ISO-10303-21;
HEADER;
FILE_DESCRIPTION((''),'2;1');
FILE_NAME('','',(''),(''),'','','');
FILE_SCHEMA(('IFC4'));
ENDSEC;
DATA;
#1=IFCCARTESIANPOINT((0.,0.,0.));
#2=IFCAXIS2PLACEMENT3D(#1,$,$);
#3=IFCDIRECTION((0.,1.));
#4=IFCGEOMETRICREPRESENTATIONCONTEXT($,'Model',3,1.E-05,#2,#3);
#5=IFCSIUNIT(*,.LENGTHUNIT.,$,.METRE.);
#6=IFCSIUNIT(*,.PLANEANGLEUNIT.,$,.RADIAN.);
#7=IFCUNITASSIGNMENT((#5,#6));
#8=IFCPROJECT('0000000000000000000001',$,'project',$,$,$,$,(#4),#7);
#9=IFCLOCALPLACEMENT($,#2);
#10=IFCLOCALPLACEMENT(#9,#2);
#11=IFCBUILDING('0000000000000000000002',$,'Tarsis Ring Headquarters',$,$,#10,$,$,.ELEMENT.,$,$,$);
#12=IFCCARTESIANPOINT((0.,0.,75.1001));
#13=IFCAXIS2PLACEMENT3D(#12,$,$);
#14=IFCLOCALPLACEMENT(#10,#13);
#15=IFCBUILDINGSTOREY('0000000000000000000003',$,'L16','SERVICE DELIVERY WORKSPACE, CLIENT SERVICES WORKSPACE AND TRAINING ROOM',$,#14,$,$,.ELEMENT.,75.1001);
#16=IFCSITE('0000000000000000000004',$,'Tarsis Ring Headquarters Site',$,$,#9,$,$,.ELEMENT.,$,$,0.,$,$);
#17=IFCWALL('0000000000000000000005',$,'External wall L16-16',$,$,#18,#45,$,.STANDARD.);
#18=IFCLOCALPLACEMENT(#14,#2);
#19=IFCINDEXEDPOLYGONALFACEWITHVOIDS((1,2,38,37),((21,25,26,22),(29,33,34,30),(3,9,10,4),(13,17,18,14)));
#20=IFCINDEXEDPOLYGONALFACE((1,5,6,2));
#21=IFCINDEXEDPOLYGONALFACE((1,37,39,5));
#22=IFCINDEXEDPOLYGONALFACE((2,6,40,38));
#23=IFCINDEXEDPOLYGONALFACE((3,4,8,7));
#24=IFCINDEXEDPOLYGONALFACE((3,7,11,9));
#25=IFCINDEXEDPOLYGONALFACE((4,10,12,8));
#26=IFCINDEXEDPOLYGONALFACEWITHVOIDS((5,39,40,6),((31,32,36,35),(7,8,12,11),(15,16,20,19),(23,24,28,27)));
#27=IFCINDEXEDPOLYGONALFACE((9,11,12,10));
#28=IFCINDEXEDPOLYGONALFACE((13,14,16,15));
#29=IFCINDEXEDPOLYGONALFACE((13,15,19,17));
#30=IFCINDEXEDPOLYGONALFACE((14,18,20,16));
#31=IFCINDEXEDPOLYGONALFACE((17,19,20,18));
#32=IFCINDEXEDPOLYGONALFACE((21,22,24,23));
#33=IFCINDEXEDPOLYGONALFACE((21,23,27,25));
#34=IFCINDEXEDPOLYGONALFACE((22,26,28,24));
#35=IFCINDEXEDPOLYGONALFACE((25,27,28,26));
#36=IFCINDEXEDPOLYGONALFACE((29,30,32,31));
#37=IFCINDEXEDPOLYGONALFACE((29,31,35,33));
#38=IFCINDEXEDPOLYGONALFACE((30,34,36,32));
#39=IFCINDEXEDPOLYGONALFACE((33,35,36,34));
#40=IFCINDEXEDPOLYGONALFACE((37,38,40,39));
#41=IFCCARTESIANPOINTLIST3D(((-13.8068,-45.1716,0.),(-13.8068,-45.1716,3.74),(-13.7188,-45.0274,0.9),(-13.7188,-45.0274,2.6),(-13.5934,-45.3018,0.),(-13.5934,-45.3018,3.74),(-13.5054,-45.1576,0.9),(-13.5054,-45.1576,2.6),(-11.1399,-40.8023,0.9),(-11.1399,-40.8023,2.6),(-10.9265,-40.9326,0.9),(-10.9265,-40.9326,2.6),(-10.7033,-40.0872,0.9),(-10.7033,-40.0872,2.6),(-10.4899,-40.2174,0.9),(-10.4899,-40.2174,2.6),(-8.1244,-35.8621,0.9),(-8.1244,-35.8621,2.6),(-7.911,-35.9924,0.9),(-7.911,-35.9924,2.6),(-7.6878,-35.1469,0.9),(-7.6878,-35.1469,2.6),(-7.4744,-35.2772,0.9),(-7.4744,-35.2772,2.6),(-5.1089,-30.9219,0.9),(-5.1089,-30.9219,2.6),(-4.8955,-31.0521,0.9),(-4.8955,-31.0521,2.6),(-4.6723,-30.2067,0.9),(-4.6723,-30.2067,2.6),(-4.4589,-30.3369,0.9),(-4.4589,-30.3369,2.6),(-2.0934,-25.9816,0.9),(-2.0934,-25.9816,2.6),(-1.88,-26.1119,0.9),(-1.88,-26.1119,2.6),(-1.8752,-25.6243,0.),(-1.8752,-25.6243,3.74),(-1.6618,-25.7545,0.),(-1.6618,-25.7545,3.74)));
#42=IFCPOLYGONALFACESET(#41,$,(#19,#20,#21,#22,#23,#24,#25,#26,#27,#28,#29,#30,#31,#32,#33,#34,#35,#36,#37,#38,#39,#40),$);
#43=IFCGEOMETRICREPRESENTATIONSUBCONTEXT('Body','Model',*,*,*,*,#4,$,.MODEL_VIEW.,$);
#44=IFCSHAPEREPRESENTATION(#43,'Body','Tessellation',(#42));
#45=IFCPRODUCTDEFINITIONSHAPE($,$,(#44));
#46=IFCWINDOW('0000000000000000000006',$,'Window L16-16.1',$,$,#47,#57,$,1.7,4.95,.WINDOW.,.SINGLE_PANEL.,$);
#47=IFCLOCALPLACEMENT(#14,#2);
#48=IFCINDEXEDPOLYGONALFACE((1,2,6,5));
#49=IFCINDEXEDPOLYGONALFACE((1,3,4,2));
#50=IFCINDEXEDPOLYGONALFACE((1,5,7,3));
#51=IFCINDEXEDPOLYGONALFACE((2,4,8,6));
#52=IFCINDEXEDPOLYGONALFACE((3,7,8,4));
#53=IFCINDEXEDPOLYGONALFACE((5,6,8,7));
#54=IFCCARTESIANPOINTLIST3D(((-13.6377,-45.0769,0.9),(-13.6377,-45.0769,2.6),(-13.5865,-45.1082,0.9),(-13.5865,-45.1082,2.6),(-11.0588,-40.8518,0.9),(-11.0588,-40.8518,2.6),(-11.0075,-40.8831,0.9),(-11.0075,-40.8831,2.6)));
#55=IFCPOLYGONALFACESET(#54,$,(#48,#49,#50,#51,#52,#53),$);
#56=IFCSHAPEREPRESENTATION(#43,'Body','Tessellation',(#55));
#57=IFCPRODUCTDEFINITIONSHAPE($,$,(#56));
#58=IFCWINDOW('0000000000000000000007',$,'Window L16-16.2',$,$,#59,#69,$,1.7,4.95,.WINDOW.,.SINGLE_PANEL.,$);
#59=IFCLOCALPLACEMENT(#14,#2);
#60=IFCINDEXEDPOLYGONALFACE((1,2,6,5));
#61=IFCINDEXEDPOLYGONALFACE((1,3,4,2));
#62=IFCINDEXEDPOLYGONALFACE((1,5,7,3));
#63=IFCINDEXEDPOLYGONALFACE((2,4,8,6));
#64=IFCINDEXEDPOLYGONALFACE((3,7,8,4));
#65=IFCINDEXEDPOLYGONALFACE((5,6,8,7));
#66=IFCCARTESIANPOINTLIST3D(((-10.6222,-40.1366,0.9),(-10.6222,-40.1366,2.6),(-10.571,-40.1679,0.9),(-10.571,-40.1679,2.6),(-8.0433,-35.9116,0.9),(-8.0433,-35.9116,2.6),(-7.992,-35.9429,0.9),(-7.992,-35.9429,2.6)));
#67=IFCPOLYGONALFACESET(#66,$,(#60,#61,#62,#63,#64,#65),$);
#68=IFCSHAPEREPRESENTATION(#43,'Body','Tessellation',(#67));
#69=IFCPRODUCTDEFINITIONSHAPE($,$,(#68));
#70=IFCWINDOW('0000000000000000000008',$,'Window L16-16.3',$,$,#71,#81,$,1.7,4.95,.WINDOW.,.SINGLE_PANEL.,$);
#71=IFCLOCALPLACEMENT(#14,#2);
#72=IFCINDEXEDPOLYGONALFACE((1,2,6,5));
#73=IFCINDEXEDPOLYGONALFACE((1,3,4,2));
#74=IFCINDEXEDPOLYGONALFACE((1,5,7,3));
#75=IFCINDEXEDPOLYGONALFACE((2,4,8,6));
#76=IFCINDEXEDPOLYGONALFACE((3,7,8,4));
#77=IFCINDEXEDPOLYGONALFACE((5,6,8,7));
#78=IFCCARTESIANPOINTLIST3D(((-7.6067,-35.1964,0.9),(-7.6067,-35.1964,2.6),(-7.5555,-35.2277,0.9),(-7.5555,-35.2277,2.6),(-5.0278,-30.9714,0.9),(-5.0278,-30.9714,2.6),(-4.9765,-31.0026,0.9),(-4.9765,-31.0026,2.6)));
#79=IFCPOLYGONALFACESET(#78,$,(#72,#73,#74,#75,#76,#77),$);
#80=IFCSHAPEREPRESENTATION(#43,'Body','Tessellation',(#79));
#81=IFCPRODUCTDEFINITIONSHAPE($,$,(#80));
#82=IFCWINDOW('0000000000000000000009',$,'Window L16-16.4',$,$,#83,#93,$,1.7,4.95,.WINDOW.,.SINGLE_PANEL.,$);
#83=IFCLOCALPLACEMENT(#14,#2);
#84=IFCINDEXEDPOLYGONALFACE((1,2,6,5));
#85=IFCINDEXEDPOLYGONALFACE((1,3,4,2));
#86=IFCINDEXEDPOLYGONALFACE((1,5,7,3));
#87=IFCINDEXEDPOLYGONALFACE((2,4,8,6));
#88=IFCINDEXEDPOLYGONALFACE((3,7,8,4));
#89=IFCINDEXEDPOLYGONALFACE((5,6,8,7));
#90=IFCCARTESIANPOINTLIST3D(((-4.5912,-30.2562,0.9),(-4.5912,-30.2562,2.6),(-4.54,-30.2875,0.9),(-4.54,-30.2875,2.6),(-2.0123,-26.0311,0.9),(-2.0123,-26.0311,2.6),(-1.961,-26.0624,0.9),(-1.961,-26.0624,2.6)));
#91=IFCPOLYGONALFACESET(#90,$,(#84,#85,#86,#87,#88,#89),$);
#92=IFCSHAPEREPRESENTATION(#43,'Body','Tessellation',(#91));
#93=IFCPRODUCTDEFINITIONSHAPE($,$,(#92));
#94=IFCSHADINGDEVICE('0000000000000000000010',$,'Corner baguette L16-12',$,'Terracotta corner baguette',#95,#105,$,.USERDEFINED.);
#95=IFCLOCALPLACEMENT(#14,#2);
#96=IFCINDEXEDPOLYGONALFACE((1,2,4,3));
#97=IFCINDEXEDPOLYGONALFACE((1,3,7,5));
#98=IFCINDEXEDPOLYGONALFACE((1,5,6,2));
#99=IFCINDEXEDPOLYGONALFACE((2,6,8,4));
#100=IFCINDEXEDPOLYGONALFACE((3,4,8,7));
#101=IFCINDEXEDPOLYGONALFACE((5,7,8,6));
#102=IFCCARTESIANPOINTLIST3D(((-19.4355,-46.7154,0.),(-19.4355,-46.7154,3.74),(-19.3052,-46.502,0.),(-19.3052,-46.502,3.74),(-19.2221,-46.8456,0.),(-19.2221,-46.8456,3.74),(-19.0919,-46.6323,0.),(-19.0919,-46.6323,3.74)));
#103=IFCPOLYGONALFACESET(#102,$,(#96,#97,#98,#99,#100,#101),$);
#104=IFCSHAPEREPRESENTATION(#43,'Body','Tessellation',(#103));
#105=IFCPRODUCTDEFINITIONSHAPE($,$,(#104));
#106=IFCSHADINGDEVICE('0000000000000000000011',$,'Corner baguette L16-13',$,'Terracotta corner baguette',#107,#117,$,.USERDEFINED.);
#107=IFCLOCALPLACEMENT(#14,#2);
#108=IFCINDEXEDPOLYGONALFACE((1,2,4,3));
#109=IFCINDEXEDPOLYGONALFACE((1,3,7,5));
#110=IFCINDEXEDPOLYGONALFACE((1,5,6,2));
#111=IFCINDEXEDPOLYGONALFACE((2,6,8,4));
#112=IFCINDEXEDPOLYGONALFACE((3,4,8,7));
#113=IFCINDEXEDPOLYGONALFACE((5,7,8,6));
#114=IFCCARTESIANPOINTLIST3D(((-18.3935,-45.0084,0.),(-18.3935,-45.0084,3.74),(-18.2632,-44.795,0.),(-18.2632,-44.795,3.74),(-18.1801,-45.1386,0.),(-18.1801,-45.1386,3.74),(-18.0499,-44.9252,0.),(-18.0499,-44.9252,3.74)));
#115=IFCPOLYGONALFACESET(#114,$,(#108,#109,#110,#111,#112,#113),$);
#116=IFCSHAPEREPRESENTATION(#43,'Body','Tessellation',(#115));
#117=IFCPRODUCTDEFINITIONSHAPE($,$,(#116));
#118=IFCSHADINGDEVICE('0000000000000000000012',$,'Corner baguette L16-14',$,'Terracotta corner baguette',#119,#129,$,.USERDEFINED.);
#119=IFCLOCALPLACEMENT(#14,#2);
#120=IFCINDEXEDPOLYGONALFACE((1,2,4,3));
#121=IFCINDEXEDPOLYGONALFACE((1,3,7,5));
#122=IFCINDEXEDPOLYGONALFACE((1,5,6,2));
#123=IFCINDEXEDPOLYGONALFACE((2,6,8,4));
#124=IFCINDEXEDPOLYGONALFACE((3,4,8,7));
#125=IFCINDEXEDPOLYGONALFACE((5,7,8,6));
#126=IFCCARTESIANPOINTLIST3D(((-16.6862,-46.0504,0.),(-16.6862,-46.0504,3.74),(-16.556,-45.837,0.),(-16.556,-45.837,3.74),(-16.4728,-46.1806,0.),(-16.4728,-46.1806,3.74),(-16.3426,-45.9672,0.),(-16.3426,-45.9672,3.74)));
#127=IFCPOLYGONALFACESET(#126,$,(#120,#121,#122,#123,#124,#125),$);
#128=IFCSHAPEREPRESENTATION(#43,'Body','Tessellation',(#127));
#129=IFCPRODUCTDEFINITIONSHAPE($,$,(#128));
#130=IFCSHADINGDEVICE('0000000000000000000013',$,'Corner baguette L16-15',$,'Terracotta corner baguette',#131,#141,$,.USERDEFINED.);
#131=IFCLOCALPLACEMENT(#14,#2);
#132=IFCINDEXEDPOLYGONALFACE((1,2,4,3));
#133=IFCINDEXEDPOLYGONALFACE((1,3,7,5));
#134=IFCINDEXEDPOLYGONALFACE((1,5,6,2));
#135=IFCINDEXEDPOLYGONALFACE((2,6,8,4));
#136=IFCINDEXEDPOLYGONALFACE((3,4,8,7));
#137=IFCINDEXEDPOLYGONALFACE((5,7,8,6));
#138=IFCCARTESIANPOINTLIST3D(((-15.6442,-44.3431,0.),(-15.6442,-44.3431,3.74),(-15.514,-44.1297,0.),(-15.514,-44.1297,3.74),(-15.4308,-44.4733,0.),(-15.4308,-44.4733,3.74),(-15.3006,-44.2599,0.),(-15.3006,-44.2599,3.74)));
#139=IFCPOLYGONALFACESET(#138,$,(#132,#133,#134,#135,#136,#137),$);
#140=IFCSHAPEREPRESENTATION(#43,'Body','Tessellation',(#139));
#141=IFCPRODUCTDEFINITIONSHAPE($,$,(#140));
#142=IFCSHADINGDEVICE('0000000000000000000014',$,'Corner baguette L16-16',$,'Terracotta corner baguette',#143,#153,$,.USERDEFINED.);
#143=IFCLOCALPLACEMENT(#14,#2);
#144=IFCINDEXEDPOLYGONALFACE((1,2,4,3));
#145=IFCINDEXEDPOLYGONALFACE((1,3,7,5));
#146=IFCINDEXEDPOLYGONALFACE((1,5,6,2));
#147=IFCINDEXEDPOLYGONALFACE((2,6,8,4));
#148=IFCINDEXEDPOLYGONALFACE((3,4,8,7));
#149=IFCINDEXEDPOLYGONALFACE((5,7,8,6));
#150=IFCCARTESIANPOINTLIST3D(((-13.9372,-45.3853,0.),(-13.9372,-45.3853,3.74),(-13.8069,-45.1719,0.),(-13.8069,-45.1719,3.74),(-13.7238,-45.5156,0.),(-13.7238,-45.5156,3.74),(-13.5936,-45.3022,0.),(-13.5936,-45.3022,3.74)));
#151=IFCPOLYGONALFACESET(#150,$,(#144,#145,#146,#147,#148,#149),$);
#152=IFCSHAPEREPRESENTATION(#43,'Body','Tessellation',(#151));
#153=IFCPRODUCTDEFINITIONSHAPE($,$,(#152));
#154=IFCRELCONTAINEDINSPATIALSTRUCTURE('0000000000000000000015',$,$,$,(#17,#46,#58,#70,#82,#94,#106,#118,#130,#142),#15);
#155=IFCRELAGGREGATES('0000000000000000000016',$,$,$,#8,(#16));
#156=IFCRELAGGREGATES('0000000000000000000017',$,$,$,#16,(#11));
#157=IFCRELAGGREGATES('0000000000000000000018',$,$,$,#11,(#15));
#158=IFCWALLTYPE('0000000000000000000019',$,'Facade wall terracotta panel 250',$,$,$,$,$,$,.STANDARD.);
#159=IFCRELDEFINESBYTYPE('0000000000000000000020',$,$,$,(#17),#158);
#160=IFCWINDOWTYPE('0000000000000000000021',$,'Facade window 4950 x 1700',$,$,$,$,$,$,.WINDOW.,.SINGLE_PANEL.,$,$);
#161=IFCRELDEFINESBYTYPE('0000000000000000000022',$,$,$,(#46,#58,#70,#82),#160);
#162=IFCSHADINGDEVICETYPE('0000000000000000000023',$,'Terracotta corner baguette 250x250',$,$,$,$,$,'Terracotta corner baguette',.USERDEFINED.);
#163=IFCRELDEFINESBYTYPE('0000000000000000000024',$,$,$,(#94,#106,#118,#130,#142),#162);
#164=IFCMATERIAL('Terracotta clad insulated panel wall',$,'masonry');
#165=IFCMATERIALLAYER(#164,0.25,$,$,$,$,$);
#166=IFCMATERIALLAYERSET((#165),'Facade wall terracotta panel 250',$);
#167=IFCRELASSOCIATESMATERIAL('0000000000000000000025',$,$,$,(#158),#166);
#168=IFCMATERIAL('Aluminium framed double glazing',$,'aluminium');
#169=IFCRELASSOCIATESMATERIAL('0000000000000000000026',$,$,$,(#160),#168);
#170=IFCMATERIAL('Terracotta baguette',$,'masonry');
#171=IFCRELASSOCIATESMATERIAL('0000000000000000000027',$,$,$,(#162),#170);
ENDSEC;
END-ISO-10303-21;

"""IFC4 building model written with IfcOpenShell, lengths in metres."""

from ifc_helpers import new_model, si_unit, direction, frame, frame_2d, origin, origin_2d, place, context, subcontext, project, spatial, rectangle, extrude, material, layer, layer_set, type_object, element, fill, save


model = new_model("IFC4")

# Units and contexts
model_context = context("Model", 3, precision=1e-05, world=origin(), true_north=direction((0.0, 1.0)))
body_context = subcontext(model_context, "Body", "Model", "MODEL_VIEW")
ifc_project = project(units=[si_unit("LENGTHUNIT", "METRE"), si_unit("PLANEANGLEUNIT", "RADIAN")], contexts=[model_context])

# Site, building, storey
site_placement = place(None, origin())
site = spatial("IfcSite", under=ifc_project, at=site_placement, Name="Tarsis Ring Headquarters Site", CompositionType="ELEMENT", RefElevation=0.0)
building_placement = place(site_placement, origin())
building = spatial("IfcBuilding", under=site, at=building_placement, Name="Tarsis Ring Headquarters", CompositionType="ELEMENT")
storey_placement = place(building_placement, frame((0.0, 0.0, 75.1001)))
storey = spatial("IfcBuildingStorey", under=building, at=storey_placement, Name="L16", Description="SERVICE DELIVERY WORKSPACE, CLIENT SERVICES WORKSPACE AND TRAINING ROOM", CompositionType="ELEMENT", Elevation=75.1001)

# Shared definitions
ifc_material_1 = material(Name="Terracotta clad insulated panel wall", Category="masonry")
ifc_layer_1 = layer(ifc_material_1, 0.25)
ifc_layer_set_1 = layer_set([ifc_layer_1], Name="Facade wall terracotta panel 250")
wall_type_1 = type_object("IfcWallType", Name="Facade wall terracotta panel 250", PredefinedType="STANDARD", material=ifc_layer_set_1)

# Wall, openings, windows
wall_1_placement = place(storey_placement, frame((-13.7002, -45.2368, 0.0), z_axis=(0.0, 0.0, 1.0), x_axis=(0.521006, 0.853553, 0.0)))
wall_1 = element("IfcWall", 1, at=wall_1_placement, inside=storey, type_object=wall_type_1, Name="External wall L16-16", PredefinedType="STANDARD", context=body_context, shape_type="SweptSolid", body=[
    extrude(rectangle(XDim=22.9011, YDim=0.25, at=frame_2d((11.4507, 0.0))), origin(), (0.0, 0.0, 1.0), 3.74),
])
opening_1_placement = place(wall_1_placement, frame((0.1689, 0.0, 0.8999)))
opening_1 = element("IfcOpeningElement", 2, at=opening_1_placement, cuts=wall_1, PredefinedType="OPENING", context=body_context, shape_type="SweptSolid", body=[
    extrude(rectangle(XDim=4.95, YDim=1.7, at=frame_2d((2.4751, 0.8501))), frame((0.0, 0.135, 0.0), z_axis=(0.0, -1.0, 0.0), x_axis=(1.0, 0.0, 0.0)), (0.0, 0.0, 1.0), 0.27),
])
opening_2_placement = place(wall_1_placement, frame((5.9568, 0.0, 0.8999)))
opening_2 = element("IfcOpeningElement", 3, at=opening_2_placement, cuts=wall_1, PredefinedType="OPENING", context=body_context, shape_type="SweptSolid", body=[
    extrude(rectangle(XDim=4.95, YDim=1.7, at=frame_2d((2.4751, 0.8501))), frame((0.0, 0.135, 0.0), z_axis=(0.0, -1.0, 0.0), x_axis=(1.0, 0.0, 0.0)), (0.0, 0.0, 1.0), 0.27),
])
opening_3_placement = place(wall_1_placement, frame((11.7446, 0.0, 0.8999)))
opening_3 = element("IfcOpeningElement", 4, at=opening_3_placement, cuts=wall_1, PredefinedType="OPENING", context=body_context, shape_type="SweptSolid", body=[
    extrude(rectangle(XDim=4.95, YDim=1.7, at=frame_2d((2.4751, 0.8501))), frame((0.0, 0.135, 0.0), z_axis=(0.0, -1.0, 0.0), x_axis=(1.0, 0.0, 0.0)), (0.0, 0.0, 1.0), 0.27),
])
opening_4_placement = place(wall_1_placement, frame((17.5325, 0.0, 0.8999)))
opening_4 = element("IfcOpeningElement", 5, at=opening_4_placement, cuts=wall_1, PredefinedType="OPENING", context=body_context, shape_type="SweptSolid", body=[
    extrude(rectangle(XDim=4.95, YDim=1.7, at=frame_2d((2.4751, 0.8501))), frame((0.0, 0.135, 0.0), z_axis=(0.0, -1.0, 0.0), x_axis=(1.0, 0.0, 0.0)), (0.0, 0.0, 1.0), 0.27),
])
ifc_material_2 = material(Name="Aluminium framed double glazing", Category="aluminium")
window_type = type_object("IfcWindowType", Name="Facade window 4950 x 1700", PartitioningType="SINGLE_PANEL", PredefinedType="WINDOW", material=ifc_material_2)
window_1_placement = place(opening_1_placement, origin())
window_1 = element("IfcWindow", 6, at=window_1_placement, inside=storey, type_object=window_type, Name="Window L16-16.1", OverallHeight=1.7, OverallWidth=4.95, PartitioningType="SINGLE_PANEL", PredefinedType="WINDOW", context=body_context, shape_type="SweptSolid", body=[
    extrude(rectangle(XDim=4.95, YDim=1.7, at=frame_2d((2.4751, 0.8501))), frame((0.0, 0.03, 0.0), z_axis=(0.0, -1.0, 0.0), x_axis=(1.0, 0.0, 0.0)), (0.0, 0.0, 1.0), 0.0601),
])
fill(opening_1, window_1)
window_2_placement = place(opening_2_placement, origin())
window_2 = element("IfcWindow", 7, at=window_2_placement, inside=storey, type_object=window_type, Name="Window L16-16.2", OverallHeight=1.7, OverallWidth=4.95, PartitioningType="SINGLE_PANEL", PredefinedType="WINDOW", context=body_context, shape_type="SweptSolid", body=[
    extrude(rectangle(XDim=4.95, YDim=1.7, at=frame_2d((2.4751, 0.8501))), frame((0.0, 0.03, 0.0), z_axis=(0.0, -1.0, 0.0), x_axis=(1.0, 0.0, 0.0)), (0.0, 0.0, 1.0), 0.0601),
])
fill(opening_2, window_2)
window_3_placement = place(opening_3_placement, origin())
window_3 = element("IfcWindow", 8, at=window_3_placement, inside=storey, type_object=window_type, Name="Window L16-16.3", OverallHeight=1.7, OverallWidth=4.95, PartitioningType="SINGLE_PANEL", PredefinedType="WINDOW", context=body_context, shape_type="SweptSolid", body=[
    extrude(rectangle(XDim=4.95, YDim=1.7, at=frame_2d((2.4751, 0.8501))), frame((0.0, 0.03, 0.0), z_axis=(0.0, -1.0, 0.0), x_axis=(1.0, 0.0, 0.0)), (0.0, 0.0, 1.0), 0.0601),
])
fill(opening_3, window_3)
window_4_placement = place(opening_4_placement, origin())
window_4 = element("IfcWindow", 9, at=window_4_placement, inside=storey, type_object=window_type, Name="Window L16-16.4", OverallHeight=1.7, OverallWidth=4.95, PartitioningType="SINGLE_PANEL", PredefinedType="WINDOW", context=body_context, shape_type="SweptSolid", body=[
    extrude(rectangle(XDim=4.95, YDim=1.7, at=frame_2d((2.4751, 0.8501))), frame((0.0, 0.03, 0.0), z_axis=(0.0, -1.0, 0.0), x_axis=(1.0, 0.0, 0.0)), (0.0, 0.0, 1.0), 0.0601),
])
fill(opening_4, window_4)

# Shading devices
ifc_material_3 = material(Name="Terracotta baguette", Category="masonry")
shading_device_type_1 = type_object("IfcShadingDeviceType", Name="Terracotta corner baguette 250x250", ElementType="Terracotta corner baguette", PredefinedType="USERDEFINED", material=ifc_material_3)
for number, where, z_axis, x_axis, name in (
    (10, (-19.2637, -46.6738, 0.0), (0.0, 0.0, 1.0), (0.853551, -0.52101, 0.0), "Corner baguette L16-12"),
    (11, (-18.2217, -44.9668, 0.0), (0.0, 0.0, 1.0), (0.52101, 0.853551, 0.0), "Corner baguette L16-13"),
    (12, (-16.5144, -46.0088, 0.0), (0.0, 0.0, 1.0), (0.853551, -0.52101, 0.0), "Corner baguette L16-14"),
    (13, (-15.4724, -44.3015, 0.0), (0.0, 0.0, 1.0), (0.521009, 0.853551, 0.0), "Corner baguette L16-15"),
    (14, (-13.7654, -45.3438, 0.0), (0.0, 0.0, 1.0), (0.853551, -0.52101, 0.0), "Corner baguette L16-16"),
):
    element("IfcShadingDevice", number, at=place(storey_placement, frame(where, z_axis=z_axis, x_axis=x_axis)), inside=storey, type_object=shading_device_type_1, Name=name, ObjectType="Terracotta corner baguette", PredefinedType="USERDEFINED", context=body_context, shape_type="SweptSolid", body=[
        extrude(rectangle(XDim=0.25, YDim=0.25, at=origin_2d()), origin(), (0.0, 0.0, 1.0), 3.74),
    ])

save(model, "model.ifc")
